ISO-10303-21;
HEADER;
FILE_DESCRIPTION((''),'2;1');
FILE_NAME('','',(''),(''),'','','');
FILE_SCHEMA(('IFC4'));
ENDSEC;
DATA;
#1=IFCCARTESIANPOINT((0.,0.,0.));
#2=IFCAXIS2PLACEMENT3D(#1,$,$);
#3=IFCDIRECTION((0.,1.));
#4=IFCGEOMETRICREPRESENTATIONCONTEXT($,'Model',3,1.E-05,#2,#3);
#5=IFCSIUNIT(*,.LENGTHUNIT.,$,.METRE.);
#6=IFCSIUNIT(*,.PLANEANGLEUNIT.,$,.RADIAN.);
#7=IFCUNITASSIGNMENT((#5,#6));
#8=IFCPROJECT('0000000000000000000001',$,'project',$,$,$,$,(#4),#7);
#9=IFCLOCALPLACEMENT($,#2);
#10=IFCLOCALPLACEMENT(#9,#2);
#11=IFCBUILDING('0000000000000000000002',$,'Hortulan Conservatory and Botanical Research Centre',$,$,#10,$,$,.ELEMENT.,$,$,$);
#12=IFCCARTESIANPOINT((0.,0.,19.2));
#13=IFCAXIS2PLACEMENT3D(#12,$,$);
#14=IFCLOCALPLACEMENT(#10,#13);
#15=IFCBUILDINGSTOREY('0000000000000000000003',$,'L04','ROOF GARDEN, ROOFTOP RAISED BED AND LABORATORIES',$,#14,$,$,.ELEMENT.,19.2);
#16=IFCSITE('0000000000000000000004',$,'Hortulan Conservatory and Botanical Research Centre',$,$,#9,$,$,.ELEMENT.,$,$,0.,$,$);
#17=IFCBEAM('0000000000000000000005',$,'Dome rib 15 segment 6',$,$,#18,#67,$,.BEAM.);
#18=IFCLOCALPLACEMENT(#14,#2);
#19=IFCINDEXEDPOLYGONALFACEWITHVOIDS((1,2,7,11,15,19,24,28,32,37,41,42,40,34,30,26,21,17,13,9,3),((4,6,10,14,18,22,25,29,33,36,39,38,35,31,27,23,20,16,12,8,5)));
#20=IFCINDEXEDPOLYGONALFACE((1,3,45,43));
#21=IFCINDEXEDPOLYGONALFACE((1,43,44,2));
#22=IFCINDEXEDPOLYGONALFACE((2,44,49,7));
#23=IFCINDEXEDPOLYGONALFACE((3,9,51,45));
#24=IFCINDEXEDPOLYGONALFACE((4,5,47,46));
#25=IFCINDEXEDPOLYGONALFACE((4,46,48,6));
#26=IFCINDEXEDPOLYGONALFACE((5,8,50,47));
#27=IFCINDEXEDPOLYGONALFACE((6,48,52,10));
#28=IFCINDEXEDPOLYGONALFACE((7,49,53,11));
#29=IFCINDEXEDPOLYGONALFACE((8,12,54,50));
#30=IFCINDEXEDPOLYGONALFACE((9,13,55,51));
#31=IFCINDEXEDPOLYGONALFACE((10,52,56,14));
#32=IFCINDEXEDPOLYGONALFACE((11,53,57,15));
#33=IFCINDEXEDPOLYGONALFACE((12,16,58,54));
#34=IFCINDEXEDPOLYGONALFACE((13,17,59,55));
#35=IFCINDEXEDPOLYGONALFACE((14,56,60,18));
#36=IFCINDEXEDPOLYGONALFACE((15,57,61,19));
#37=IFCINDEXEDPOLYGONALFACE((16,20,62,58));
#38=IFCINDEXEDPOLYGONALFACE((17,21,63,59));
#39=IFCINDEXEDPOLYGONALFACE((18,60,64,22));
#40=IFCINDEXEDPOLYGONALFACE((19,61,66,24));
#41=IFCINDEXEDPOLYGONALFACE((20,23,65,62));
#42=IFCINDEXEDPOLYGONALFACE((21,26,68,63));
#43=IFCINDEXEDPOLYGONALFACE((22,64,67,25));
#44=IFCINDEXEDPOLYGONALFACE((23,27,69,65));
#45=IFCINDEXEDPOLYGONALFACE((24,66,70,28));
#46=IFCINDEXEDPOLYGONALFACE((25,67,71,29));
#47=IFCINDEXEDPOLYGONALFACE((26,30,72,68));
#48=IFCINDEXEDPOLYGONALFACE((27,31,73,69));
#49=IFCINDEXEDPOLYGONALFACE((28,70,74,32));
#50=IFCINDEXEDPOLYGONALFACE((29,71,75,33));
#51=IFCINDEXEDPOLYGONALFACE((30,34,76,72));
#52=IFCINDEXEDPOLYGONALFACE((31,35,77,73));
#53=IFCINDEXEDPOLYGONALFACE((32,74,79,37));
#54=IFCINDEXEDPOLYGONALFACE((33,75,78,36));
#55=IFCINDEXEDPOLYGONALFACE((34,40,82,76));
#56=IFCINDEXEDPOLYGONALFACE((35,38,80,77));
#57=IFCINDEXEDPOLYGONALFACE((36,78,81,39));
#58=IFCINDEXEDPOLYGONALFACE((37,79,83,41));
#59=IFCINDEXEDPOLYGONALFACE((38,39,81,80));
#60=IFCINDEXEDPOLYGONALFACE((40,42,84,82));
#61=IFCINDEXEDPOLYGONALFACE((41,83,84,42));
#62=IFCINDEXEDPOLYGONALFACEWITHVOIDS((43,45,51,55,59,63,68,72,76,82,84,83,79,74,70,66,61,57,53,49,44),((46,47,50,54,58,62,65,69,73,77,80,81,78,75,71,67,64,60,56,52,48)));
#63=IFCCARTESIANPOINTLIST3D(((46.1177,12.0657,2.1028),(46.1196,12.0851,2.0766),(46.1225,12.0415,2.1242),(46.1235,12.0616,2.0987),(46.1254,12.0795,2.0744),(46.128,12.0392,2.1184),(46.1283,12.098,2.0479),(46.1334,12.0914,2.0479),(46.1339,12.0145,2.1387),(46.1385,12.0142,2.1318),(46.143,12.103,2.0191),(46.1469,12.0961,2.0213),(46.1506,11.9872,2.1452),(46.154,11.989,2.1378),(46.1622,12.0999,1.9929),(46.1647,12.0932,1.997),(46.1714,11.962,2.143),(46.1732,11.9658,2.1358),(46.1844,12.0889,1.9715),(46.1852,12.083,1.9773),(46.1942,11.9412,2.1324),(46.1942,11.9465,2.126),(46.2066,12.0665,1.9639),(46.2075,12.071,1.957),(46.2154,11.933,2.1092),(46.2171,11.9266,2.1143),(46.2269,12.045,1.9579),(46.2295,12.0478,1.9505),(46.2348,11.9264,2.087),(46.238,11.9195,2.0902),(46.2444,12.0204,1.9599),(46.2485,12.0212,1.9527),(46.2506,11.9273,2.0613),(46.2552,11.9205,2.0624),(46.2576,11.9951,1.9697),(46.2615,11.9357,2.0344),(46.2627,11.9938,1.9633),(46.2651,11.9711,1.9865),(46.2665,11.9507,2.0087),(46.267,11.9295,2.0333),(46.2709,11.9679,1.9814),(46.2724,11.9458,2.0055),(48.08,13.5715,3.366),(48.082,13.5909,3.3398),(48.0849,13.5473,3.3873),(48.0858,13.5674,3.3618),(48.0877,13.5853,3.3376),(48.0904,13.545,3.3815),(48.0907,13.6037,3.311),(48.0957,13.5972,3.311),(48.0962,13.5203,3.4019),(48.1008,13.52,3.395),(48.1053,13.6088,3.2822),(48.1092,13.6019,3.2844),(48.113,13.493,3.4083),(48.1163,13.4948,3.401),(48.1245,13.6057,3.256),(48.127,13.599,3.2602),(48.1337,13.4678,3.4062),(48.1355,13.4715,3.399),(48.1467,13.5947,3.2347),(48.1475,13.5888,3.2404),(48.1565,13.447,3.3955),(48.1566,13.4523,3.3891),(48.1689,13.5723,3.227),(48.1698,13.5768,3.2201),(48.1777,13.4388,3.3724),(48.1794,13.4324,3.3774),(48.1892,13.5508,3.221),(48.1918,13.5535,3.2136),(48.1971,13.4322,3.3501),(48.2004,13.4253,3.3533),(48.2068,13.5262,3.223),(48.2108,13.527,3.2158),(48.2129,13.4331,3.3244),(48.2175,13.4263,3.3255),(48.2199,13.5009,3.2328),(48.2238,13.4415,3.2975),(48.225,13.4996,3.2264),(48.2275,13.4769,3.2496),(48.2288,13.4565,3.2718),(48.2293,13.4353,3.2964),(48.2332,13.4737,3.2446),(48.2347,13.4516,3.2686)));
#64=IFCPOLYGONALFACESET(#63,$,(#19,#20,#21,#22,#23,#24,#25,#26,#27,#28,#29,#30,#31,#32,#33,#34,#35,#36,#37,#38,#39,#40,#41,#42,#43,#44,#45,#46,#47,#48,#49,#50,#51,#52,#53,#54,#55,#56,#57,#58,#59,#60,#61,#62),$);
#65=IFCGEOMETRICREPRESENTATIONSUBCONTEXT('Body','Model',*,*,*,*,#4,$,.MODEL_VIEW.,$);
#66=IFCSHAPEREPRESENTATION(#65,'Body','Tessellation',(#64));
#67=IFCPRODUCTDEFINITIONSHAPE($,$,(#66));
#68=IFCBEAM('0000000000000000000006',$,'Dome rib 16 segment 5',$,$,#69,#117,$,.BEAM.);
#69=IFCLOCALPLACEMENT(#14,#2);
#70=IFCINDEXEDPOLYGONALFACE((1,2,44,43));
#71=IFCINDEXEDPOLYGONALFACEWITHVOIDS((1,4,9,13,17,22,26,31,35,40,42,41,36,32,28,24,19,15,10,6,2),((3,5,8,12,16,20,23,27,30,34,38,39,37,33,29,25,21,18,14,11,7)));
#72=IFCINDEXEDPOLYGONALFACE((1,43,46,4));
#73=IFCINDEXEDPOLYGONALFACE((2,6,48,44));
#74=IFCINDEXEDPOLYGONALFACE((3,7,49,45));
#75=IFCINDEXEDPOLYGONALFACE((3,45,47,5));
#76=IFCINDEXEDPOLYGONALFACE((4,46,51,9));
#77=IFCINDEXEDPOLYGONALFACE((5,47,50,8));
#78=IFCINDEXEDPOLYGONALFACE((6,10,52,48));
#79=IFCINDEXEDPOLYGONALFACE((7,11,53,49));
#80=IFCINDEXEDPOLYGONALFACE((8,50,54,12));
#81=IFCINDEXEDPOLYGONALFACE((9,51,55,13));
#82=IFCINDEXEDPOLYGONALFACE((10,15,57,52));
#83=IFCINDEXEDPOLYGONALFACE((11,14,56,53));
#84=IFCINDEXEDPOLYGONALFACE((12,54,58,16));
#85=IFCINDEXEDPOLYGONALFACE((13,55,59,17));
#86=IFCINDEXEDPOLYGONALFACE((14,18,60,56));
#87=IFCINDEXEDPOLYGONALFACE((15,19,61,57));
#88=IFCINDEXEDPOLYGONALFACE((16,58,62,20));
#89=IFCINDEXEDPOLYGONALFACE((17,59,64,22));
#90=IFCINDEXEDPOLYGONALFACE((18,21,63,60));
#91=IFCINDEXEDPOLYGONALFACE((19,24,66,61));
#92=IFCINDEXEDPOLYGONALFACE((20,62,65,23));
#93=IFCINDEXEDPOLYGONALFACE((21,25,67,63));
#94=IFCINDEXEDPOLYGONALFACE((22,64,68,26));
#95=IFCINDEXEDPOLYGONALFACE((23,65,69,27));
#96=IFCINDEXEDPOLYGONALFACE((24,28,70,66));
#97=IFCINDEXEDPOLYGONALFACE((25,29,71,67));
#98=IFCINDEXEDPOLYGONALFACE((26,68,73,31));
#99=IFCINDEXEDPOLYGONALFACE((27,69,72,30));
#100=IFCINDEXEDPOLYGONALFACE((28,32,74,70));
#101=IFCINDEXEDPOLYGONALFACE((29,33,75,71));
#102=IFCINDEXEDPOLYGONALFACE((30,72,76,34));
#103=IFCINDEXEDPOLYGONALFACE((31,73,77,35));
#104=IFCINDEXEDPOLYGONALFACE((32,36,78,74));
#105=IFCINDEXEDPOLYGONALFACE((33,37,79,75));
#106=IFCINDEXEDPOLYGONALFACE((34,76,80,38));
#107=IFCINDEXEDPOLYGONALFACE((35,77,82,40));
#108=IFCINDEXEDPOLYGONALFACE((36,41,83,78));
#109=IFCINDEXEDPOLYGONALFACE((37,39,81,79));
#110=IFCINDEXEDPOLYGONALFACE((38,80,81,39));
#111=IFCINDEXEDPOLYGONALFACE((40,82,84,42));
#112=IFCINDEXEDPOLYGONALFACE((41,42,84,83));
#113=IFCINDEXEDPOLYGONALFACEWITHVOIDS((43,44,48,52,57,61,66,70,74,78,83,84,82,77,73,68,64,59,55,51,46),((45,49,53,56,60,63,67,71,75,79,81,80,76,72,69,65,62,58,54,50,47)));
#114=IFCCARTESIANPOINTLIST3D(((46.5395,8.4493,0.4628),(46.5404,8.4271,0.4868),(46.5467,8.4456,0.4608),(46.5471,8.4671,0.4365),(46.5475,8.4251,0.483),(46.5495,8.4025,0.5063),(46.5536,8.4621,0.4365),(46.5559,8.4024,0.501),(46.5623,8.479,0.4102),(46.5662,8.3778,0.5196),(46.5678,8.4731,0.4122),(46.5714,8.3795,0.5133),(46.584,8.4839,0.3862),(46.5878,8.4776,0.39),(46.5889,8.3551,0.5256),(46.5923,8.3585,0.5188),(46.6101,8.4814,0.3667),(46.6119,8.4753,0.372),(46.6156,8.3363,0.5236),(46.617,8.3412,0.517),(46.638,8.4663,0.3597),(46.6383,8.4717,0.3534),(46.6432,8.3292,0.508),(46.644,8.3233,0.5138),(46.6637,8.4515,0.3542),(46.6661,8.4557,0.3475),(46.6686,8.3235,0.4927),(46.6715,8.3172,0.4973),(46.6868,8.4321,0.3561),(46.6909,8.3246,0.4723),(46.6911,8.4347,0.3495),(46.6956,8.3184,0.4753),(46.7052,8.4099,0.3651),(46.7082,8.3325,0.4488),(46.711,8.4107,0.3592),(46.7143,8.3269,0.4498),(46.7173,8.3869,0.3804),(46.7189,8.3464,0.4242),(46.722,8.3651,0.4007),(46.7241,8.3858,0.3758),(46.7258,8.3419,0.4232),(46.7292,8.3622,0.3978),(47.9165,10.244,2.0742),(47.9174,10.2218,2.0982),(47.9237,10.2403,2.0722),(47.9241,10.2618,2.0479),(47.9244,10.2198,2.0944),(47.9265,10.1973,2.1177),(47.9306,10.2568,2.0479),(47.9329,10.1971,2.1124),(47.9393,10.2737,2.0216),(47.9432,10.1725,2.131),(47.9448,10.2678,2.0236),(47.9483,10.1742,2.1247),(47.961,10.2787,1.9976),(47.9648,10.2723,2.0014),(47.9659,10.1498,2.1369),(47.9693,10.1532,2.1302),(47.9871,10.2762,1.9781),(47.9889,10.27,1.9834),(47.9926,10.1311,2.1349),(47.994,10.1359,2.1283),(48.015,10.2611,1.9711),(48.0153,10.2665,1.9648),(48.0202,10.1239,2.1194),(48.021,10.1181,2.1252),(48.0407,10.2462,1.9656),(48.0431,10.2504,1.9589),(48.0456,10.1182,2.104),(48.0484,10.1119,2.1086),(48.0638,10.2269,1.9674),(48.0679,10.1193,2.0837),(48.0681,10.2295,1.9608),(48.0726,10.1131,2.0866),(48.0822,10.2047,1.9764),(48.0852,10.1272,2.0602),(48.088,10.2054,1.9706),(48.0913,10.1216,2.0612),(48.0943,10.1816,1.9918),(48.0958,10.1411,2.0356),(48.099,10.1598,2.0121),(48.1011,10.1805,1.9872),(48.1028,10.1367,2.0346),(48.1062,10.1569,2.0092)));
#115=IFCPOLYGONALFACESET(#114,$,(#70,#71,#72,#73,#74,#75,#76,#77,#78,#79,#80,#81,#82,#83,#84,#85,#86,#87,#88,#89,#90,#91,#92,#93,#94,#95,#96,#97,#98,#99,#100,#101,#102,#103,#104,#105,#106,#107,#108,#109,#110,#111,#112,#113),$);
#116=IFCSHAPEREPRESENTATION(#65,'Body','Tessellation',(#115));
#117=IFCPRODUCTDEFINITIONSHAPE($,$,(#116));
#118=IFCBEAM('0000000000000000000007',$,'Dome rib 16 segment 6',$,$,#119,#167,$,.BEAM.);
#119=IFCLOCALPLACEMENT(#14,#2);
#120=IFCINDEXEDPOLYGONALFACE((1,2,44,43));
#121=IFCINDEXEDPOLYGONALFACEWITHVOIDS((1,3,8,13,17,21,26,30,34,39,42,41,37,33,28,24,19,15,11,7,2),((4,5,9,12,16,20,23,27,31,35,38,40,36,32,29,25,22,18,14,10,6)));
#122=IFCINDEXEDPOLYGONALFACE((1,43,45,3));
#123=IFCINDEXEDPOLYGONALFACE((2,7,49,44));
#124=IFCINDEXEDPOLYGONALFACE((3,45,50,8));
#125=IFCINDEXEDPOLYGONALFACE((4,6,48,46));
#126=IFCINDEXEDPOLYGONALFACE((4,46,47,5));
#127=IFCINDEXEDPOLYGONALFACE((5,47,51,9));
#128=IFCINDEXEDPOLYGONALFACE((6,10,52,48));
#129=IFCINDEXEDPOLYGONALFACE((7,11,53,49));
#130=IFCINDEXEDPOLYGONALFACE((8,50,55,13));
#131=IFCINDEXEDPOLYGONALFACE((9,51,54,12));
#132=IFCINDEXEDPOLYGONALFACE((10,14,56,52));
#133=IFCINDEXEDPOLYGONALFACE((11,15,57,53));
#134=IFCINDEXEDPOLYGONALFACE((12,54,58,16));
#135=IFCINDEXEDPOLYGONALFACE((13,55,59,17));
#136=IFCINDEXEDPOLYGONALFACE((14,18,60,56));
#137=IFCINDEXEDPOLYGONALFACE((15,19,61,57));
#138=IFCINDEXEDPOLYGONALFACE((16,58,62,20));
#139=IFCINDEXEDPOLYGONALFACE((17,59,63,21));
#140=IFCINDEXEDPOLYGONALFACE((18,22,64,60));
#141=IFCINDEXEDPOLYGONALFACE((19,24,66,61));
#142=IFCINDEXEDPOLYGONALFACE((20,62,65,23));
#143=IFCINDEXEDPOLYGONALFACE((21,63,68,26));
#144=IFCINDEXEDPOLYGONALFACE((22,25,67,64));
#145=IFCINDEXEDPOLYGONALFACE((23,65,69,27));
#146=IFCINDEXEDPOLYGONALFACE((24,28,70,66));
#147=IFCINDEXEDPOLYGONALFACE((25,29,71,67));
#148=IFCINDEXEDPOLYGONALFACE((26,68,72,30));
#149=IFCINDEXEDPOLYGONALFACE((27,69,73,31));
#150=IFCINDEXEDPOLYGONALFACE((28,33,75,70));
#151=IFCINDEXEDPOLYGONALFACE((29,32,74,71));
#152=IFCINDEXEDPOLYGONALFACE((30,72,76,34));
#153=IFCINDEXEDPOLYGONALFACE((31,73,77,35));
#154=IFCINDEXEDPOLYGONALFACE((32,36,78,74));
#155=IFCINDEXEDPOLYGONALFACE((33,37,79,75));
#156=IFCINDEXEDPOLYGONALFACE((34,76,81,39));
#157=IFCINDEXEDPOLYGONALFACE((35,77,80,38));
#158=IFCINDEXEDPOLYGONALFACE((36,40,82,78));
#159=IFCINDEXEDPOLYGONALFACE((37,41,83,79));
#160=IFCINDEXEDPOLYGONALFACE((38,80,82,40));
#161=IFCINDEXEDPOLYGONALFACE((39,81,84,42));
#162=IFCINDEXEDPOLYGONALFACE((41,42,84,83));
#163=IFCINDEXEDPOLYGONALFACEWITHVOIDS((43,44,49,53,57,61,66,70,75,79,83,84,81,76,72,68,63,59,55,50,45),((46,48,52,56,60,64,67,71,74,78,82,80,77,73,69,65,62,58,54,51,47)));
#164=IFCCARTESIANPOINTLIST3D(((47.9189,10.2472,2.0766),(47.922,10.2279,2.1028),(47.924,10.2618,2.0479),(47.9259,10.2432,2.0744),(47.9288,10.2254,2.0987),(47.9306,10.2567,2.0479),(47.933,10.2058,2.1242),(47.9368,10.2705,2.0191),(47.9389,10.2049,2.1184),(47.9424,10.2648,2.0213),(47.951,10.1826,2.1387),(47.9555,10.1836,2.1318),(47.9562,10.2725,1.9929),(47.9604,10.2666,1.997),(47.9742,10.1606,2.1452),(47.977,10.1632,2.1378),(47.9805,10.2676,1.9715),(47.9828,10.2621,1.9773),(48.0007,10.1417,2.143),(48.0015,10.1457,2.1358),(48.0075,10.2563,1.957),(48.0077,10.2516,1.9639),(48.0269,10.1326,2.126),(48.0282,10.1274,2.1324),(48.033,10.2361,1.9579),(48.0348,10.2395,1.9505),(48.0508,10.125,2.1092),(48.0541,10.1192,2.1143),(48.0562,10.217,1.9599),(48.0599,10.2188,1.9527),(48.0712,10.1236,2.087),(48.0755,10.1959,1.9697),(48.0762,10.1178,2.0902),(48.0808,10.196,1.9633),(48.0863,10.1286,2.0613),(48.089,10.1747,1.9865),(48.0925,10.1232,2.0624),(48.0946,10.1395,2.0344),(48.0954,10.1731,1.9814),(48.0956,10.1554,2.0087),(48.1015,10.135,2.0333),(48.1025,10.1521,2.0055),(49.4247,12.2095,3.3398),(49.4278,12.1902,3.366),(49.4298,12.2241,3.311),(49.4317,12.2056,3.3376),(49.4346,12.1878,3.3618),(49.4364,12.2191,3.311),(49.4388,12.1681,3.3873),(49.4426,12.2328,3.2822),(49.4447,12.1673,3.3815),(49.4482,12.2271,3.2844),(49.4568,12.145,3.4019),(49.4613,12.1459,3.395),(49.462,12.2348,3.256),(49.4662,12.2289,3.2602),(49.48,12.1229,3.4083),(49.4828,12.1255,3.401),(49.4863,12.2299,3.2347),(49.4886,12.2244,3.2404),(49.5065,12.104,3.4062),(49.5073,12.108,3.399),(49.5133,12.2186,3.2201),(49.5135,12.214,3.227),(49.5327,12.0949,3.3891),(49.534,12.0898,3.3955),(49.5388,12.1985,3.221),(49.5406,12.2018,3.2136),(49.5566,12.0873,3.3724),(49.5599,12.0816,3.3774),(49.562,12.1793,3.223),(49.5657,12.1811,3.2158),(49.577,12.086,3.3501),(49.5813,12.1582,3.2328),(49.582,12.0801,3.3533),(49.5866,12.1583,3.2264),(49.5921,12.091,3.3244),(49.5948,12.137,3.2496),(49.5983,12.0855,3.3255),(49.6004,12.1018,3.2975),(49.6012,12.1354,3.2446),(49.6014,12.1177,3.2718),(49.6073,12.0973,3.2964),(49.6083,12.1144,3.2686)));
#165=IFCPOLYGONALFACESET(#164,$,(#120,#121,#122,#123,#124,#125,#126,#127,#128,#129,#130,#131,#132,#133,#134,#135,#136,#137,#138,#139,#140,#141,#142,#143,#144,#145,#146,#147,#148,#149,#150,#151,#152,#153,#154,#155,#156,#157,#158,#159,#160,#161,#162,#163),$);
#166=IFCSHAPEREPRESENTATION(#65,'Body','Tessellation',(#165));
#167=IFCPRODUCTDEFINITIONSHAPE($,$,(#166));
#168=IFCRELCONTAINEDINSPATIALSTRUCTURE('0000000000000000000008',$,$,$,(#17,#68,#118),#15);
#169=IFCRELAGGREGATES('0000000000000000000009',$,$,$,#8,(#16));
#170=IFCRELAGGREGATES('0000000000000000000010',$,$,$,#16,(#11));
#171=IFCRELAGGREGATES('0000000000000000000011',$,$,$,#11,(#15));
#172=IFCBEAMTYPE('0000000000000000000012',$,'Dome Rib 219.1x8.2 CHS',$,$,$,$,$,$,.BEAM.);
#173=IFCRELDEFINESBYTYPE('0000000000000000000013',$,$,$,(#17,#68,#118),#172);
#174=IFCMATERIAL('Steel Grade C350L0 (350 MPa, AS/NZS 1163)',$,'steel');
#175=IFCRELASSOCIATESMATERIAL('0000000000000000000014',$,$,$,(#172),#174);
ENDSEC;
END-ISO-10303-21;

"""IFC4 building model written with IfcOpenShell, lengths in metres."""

from ifc_helpers import new_model, si_unit, direction, frame, origin, origin_2d, place, context, subcontext, project, spatial, hollow_circle, extrude, material, material_profile, profile_set, type_object, element, save


model = new_model("IFC4")

# Units and contexts
model_context = context("Model", 3, precision=1e-05, world=origin(), true_north=direction((0.0, 1.0)))
body_context = subcontext(model_context, "Body", "Model", "MODEL_VIEW")
ifc_project = project(units=[si_unit("LENGTHUNIT", "METRE"), si_unit("PLANEANGLEUNIT", "RADIAN")], contexts=[model_context])

# Site, building, storey
site_placement = place(None, origin())
site = spatial("IfcSite", under=ifc_project, at=site_placement, Name="Hortulan Conservatory and Botanical Research Centre", CompositionType="ELEMENT", RefElevation=0.0)
building_placement = place(site_placement, origin())
building = spatial("IfcBuilding", under=site, at=building_placement, Name="Hortulan Conservatory and Botanical Research Centre", CompositionType="ELEMENT")
storey_placement = place(building_placement, frame((0.0, 0.0, 19.2)))
storey = spatial("IfcBuildingStorey", under=building, at=storey_placement, Name="L04", Description="ROOF GARDEN, ROOFTOP RAISED BED AND LABORATORIES", CompositionType="ELEMENT", Elevation=19.2)

# Beams
ifc_material_1 = material(Name="Steel Grade C350L0 (350 MPa, AS/NZS 1163)", Category="steel")
ifc_material_profile_1 = material_profile(ifc_material_1, hollow_circle(Radius=0.1096, WallThickness=0.0083, at=origin_2d()), Name="219.1x8.2CHS")
ifc_profile_set_1 = profile_set([ifc_material_profile_1], Name="Steel Grade C350L0 (350 MPa, AS/NZS 1163)")
beam_type = type_object("IfcBeamType", Name="Dome Rib 219.1x8.2 CHS", PredefinedType="BEAM", material=ifc_profile_set_1)
for number, where, z_axis, x_axis, name in (
    (1, (46.1951, 12.011, 2.0479), (0.706546, 0.542172, 0.454799), (-0.608775, 0.793343, 0.0), "Dome rib 15 segment 6"),
    (2, (46.634, 8.4004, 0.4365), (0.495793, 0.646201, 0.580184), (-0.793386, 0.608719, 0.0), "Dome rib 16 segment 5"),
    (3, (48.011, 10.1951, 2.0479), (0.542172, 0.706546, 0.454799), (-0.793343, 0.608775, 0.0), "Dome rib 16 segment 6"),
):
    element("IfcBeam", number, at=place(storey_placement, frame(where, z_axis=z_axis, x_axis=x_axis)), inside=storey, type_object=beam_type, Name=name, PredefinedType="BEAM", context=body_context, shape_type="SweptSolid", body=[
        extrude(hollow_circle(Radius=0.1096, WallThickness=0.0083, at=origin_2d()), origin(), (0.0, 0.0, 1.0), 2.7773),
    ])

save(model, "model.ifc")
